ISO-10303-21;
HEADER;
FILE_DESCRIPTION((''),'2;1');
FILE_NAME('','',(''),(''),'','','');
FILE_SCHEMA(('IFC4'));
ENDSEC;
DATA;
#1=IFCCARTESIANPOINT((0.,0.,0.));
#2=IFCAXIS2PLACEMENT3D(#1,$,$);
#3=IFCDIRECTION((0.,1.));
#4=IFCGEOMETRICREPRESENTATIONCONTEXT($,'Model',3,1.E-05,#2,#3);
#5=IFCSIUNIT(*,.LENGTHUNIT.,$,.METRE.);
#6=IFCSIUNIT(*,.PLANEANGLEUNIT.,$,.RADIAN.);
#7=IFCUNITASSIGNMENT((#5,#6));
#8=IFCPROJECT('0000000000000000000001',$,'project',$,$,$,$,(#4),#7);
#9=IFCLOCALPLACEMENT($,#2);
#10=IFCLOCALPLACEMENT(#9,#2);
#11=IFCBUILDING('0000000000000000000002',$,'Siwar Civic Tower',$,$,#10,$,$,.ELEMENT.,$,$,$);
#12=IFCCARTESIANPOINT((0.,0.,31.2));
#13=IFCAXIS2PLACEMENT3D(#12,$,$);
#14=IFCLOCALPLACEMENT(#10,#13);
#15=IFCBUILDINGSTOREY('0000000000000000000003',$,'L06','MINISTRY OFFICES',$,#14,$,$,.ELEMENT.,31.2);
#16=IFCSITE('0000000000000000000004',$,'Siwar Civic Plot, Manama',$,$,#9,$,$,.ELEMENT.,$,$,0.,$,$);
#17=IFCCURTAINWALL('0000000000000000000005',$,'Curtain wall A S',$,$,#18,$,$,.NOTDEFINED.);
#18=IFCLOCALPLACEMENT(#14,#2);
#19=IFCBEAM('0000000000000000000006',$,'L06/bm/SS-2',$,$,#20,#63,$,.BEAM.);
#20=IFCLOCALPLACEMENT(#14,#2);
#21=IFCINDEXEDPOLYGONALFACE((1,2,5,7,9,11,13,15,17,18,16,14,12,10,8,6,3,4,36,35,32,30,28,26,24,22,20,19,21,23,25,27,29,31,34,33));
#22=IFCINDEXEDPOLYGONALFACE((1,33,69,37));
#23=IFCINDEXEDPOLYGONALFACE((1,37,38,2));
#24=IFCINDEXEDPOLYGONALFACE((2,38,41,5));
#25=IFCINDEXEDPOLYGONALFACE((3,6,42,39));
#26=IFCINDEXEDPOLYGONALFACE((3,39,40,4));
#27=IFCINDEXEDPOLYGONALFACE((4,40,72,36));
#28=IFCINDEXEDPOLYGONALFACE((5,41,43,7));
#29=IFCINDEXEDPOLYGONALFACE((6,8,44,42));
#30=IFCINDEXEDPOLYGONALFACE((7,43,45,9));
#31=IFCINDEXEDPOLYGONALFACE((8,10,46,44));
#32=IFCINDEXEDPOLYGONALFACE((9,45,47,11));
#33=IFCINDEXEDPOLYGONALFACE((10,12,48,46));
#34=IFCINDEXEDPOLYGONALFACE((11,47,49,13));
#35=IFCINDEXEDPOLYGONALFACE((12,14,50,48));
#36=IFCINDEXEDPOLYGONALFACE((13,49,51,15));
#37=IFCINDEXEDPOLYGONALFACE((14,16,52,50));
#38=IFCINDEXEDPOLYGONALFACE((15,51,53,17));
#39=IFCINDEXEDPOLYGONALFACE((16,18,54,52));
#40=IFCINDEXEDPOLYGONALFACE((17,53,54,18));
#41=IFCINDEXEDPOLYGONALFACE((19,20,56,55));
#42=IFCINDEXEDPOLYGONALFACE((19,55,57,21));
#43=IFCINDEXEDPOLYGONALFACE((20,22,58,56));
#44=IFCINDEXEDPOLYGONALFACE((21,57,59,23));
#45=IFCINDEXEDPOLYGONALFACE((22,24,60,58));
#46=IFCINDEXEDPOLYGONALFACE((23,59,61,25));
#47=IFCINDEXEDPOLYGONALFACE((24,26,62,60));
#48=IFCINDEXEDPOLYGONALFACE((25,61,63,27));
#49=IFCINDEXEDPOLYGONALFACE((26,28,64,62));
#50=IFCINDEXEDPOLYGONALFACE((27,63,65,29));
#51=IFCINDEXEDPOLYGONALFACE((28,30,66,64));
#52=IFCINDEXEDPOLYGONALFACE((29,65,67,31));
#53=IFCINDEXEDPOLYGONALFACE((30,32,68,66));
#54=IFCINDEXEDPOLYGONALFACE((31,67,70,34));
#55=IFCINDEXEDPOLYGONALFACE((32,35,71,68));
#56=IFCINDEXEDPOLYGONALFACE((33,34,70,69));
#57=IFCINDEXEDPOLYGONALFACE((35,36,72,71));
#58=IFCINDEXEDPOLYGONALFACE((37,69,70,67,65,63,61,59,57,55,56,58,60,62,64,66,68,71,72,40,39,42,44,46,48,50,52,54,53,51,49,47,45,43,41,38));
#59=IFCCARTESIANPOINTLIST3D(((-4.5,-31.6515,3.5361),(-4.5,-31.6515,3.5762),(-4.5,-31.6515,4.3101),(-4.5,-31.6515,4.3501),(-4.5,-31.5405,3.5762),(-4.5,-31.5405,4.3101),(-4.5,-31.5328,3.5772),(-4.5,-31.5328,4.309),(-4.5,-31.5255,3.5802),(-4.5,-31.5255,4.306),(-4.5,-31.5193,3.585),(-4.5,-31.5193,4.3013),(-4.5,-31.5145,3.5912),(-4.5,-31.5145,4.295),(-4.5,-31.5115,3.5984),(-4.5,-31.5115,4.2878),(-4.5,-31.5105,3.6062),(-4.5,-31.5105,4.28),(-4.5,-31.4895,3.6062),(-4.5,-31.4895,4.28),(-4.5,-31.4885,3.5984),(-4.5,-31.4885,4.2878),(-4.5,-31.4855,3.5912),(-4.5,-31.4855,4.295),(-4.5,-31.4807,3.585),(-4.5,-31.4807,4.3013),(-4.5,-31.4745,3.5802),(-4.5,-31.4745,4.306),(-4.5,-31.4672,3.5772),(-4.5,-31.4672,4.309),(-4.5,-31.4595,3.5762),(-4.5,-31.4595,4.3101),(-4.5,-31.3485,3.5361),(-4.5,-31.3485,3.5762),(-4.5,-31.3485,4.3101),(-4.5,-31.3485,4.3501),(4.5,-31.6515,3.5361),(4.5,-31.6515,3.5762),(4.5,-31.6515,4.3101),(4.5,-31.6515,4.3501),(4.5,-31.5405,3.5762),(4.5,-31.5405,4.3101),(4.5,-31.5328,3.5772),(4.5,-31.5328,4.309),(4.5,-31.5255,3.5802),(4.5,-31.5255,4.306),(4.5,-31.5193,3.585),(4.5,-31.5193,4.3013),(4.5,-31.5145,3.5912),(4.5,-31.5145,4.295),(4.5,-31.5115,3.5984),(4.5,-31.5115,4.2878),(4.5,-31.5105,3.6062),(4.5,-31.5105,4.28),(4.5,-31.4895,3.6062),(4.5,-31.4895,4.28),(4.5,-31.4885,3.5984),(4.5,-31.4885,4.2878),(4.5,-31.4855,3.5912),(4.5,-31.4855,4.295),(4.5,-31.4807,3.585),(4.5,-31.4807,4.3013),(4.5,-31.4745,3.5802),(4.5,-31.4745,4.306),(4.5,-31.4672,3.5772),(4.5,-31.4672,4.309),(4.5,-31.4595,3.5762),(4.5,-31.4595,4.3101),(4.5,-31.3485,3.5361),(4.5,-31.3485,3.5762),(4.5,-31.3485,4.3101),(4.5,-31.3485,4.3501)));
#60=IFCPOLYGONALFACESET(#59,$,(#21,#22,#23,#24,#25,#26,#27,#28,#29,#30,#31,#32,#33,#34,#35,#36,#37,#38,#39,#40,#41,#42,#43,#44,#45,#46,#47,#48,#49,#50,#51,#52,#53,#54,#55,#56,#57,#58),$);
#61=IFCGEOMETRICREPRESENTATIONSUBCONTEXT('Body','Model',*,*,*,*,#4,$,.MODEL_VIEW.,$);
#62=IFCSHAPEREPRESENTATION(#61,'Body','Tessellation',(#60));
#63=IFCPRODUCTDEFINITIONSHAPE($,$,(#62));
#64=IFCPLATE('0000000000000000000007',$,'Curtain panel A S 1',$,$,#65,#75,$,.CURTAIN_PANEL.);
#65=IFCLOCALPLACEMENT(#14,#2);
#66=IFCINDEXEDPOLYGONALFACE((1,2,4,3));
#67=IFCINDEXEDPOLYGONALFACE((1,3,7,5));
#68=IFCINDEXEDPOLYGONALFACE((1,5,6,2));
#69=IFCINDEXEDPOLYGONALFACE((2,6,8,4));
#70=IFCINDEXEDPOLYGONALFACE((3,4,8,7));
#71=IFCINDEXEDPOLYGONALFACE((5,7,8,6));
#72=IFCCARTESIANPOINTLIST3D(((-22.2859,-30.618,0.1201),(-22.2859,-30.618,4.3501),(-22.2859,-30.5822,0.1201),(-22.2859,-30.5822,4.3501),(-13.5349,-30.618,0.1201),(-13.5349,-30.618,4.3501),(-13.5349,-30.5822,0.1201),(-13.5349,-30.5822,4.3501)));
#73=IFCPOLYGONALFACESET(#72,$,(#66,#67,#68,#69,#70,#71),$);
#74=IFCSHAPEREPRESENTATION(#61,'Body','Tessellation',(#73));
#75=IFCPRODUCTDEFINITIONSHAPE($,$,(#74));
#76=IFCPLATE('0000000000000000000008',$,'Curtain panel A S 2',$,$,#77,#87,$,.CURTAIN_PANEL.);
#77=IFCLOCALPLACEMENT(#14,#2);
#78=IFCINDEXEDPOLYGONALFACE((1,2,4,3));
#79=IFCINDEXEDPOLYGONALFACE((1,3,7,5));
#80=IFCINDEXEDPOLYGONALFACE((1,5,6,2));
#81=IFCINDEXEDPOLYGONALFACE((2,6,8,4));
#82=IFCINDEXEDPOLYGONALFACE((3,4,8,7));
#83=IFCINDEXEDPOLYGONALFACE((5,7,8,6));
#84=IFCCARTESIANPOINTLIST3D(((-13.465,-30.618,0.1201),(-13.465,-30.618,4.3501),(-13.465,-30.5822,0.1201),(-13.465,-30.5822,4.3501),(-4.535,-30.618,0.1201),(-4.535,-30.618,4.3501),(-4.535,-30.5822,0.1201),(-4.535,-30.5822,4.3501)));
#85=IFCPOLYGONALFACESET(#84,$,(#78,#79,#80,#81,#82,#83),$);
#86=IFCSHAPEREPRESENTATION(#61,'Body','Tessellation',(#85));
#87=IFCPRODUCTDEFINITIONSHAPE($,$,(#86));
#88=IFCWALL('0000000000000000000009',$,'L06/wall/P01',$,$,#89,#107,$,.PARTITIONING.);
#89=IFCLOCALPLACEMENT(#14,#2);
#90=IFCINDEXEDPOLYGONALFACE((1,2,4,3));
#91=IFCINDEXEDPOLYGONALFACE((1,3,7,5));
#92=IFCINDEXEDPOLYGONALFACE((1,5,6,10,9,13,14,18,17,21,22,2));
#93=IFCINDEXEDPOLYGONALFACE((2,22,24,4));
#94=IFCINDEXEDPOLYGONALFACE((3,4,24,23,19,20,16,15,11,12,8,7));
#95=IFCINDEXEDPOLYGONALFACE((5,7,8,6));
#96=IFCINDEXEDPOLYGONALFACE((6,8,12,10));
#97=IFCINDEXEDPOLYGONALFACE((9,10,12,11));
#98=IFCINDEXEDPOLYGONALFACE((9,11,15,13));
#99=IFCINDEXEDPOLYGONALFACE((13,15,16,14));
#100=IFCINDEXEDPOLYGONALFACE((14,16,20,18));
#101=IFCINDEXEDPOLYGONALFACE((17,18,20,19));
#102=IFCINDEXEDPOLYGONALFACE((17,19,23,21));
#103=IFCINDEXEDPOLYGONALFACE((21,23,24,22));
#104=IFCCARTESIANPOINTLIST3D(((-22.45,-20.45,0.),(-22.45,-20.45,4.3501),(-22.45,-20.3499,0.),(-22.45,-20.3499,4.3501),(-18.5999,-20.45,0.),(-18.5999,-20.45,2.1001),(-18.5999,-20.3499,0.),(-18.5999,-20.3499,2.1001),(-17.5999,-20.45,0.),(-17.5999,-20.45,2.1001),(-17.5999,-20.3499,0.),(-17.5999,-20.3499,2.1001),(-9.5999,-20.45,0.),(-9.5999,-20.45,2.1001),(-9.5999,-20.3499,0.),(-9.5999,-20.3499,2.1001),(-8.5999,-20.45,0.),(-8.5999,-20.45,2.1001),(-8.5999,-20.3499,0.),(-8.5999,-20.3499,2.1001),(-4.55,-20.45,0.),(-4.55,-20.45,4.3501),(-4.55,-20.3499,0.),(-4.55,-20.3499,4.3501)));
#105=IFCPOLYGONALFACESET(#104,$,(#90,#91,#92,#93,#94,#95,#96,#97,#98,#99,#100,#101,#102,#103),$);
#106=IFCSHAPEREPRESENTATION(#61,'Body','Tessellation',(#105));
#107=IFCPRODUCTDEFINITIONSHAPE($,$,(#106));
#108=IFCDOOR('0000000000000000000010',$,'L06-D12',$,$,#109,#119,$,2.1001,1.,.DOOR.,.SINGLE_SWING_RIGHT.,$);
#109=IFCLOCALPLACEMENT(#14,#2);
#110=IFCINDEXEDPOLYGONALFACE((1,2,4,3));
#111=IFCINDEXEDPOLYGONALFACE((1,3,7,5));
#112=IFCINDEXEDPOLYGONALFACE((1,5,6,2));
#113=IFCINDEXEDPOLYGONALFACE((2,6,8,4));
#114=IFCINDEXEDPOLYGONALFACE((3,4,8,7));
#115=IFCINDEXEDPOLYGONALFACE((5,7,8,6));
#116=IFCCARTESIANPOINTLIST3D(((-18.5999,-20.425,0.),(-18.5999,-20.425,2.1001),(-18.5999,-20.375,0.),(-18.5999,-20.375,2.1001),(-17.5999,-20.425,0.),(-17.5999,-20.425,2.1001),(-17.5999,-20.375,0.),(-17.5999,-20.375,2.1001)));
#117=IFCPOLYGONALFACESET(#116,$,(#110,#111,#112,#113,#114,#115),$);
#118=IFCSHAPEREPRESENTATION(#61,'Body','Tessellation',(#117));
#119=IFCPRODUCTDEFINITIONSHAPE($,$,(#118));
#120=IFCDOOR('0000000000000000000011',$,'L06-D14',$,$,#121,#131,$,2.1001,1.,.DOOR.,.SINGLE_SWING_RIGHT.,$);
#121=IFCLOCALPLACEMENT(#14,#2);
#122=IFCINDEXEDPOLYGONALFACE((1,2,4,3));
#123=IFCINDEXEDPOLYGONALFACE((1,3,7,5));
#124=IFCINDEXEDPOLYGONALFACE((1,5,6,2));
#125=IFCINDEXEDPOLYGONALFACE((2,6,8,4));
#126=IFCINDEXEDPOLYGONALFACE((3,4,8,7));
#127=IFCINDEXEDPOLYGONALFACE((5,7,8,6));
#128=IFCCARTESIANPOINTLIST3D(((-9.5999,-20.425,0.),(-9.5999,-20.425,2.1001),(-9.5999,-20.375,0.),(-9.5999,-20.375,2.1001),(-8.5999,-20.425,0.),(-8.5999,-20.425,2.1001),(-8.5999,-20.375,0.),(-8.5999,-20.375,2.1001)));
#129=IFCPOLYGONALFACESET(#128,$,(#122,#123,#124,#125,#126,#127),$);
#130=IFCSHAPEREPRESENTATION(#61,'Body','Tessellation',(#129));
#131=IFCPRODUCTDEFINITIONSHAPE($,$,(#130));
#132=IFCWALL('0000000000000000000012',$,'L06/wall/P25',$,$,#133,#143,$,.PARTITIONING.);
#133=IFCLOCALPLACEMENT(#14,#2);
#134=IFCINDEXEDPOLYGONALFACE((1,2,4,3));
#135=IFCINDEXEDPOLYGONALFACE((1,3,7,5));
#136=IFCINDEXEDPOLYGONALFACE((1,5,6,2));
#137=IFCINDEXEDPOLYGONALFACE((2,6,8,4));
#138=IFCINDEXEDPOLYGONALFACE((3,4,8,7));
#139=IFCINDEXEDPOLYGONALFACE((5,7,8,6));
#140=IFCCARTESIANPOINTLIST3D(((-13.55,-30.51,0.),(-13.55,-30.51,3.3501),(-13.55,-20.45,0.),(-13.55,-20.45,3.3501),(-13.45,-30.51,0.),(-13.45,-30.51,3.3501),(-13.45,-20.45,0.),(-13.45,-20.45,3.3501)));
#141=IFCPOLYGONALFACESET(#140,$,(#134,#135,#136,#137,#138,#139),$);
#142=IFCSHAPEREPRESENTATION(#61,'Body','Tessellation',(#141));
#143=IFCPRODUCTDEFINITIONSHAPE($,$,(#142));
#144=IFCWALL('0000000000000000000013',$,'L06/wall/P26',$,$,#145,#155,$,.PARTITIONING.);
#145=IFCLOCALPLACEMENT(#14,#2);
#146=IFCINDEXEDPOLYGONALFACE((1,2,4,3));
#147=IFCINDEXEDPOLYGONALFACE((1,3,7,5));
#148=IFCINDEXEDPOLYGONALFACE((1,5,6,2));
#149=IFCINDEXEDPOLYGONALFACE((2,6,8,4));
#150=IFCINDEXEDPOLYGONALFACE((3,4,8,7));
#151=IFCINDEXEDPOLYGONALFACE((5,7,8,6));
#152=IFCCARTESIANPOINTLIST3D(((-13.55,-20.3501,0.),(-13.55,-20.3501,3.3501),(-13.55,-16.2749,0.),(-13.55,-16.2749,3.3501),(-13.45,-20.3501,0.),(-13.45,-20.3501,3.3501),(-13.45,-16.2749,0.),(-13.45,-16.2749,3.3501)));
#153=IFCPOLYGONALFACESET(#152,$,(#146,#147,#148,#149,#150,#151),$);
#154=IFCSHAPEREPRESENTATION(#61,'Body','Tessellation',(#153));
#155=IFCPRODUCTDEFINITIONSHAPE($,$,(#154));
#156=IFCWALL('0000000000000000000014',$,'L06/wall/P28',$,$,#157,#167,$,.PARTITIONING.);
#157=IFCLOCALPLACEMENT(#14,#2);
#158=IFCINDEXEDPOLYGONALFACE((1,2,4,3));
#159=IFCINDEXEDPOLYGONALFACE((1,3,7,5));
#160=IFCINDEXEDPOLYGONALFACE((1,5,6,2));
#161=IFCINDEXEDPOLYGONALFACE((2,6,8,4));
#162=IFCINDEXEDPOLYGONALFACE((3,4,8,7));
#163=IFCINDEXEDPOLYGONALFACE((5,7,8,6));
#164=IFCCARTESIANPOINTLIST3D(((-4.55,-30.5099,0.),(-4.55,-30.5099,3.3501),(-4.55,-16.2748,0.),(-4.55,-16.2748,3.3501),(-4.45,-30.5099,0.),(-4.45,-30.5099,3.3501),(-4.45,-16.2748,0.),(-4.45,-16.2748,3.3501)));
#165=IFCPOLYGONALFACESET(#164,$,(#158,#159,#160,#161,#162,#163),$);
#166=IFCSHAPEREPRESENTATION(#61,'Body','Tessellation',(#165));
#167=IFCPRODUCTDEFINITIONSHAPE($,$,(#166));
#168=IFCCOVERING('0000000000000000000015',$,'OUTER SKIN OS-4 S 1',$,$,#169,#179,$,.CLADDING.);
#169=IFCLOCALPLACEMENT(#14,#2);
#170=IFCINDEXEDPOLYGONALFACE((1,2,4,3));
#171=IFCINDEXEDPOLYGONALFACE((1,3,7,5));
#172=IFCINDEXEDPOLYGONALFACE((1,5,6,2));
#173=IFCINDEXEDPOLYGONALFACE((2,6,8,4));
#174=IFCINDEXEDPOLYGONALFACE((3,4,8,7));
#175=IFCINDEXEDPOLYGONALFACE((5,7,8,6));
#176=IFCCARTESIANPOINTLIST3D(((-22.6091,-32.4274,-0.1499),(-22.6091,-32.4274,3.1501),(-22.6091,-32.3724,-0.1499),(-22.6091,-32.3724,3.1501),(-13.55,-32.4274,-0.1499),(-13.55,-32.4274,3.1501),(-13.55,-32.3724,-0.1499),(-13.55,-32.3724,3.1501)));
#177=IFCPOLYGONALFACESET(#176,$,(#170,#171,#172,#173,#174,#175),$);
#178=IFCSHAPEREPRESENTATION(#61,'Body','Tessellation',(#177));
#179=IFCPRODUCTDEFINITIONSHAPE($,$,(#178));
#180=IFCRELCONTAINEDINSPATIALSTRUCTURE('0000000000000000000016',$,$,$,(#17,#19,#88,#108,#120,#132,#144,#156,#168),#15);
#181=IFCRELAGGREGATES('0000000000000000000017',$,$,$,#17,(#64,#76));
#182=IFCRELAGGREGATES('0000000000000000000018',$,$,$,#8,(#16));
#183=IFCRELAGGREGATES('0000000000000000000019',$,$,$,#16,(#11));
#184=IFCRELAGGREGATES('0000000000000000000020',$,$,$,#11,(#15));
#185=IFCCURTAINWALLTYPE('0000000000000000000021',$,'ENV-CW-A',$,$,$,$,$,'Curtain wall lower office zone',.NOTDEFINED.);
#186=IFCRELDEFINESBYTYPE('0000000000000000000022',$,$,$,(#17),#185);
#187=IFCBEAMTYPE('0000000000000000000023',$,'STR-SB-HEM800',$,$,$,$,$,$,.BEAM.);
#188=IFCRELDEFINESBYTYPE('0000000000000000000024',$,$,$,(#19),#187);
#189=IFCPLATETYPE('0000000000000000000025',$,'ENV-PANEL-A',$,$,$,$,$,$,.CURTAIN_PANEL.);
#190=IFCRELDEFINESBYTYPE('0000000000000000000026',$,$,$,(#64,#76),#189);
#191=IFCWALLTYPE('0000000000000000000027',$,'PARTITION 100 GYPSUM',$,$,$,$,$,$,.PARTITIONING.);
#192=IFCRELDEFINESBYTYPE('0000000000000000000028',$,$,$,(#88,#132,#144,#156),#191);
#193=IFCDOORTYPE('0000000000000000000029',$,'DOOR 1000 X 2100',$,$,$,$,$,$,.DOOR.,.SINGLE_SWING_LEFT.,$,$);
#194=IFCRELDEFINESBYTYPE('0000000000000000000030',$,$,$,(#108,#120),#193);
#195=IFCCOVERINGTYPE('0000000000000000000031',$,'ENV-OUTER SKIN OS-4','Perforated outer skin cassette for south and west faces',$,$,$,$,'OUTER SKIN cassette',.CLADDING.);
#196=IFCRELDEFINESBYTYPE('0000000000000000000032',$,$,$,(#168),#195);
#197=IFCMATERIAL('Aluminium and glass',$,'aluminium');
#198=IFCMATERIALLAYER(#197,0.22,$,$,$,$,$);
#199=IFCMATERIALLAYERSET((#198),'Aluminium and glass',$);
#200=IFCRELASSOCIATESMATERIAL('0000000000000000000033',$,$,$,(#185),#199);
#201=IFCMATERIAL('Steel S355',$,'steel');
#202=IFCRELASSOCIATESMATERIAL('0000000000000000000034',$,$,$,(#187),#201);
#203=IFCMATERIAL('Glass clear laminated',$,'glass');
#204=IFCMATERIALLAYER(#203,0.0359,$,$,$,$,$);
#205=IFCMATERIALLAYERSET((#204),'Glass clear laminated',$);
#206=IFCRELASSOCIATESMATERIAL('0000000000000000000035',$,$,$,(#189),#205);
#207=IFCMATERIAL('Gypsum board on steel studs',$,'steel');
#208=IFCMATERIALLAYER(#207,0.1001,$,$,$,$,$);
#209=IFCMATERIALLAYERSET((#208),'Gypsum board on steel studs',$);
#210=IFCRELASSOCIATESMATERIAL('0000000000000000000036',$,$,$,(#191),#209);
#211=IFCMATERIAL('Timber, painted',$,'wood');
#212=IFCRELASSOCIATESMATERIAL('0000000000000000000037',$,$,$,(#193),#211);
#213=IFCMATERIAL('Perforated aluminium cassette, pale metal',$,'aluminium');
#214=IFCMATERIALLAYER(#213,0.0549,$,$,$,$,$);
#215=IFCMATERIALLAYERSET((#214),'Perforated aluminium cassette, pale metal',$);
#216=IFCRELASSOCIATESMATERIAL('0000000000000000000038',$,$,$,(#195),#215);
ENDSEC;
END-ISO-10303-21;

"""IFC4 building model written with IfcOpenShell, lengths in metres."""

from ifc_helpers import new_model, si_unit, direction, frame, frame_2d, origin, origin_2d, place, context, subcontext, project, spatial, rectangle, i_section, extrude, material, layer, layer_set, material_profile, profile_set, type_object, element, fill, aggregate, save


model = new_model("IFC4")

# Units and contexts
model_context = context("Model", 3, precision=1e-05, world=origin(), true_north=direction((0.0, 1.0)))
body_context = subcontext(model_context, "Body", "Model", "MODEL_VIEW")
ifc_project = project(units=[si_unit("LENGTHUNIT", "METRE"), si_unit("PLANEANGLEUNIT", "RADIAN")], contexts=[model_context])

# Site, building, storey
site_placement = place(None, origin())
site = spatial("IfcSite", under=ifc_project, at=site_placement, Name="Siwar Civic Plot, Manama", CompositionType="ELEMENT", RefElevation=0.0)
building_placement = place(site_placement, origin())
building = spatial("IfcBuilding", under=site, at=building_placement, Name="Siwar Civic Tower", CompositionType="ELEMENT")
storey_placement = place(building_placement, frame((0.0, 0.0, 31.2)))
storey = spatial("IfcBuildingStorey", under=building, at=storey_placement, Name="L06", Description="MINISTRY OFFICES", CompositionType="ELEMENT", Elevation=31.2)

# Curtain wall
ifc_material_1 = material(Name="Aluminium and glass", Category="aluminium")
ifc_layer_1 = layer(ifc_material_1, 0.22)
ifc_layer_set_1 = layer_set([ifc_layer_1], Name="Aluminium and glass")
curtain_wall_type = type_object("IfcCurtainWallType", Name="ENV-CW-A", ElementType="Curtain wall lower office zone", PredefinedType="NOTDEFINED", material=ifc_layer_set_1)
curtain_wall_placement = place(storey_placement, origin())
curtain_wall = element("IfcCurtainWall", 1, at=curtain_wall_placement, inside=storey, type_object=curtain_wall_type, Name="Curtain wall A S", PredefinedType="NOTDEFINED")

# Beam
ifc_material_2 = material(Name="Steel S355", Category="steel")
ifc_material_profile_1 = material_profile(ifc_material_2, i_section(OverallWidth=0.303, OverallDepth=0.814, WebThickness=0.021, FlangeThickness=0.04, FilletRadius=0.03, at=origin_2d()), Name="HEM800")
ifc_profile_set_1 = profile_set([ifc_material_profile_1], Name="Steel S355")
beam_type_1 = type_object("IfcBeamType", Name="STR-SB-HEM800", PredefinedType="BEAM", material=ifc_profile_set_1)
for number, where, z_axis, x_axis, name in (
    (2, (-4.5, -31.5, 3.9431), (1.0, 0.0, 0.0), (0.0, 1.0, 0.0), "L06/bm/SS-2"),
):
    element("IfcBeam", number, at=place(storey_placement, frame(where, z_axis=z_axis, x_axis=x_axis)), inside=storey, type_object=beam_type_1, Name=name, PredefinedType="BEAM", context=body_context, shape_type="SweptSolid", body=[
        extrude(i_section(OverallWidth=0.303, OverallDepth=0.814, WebThickness=0.021, FlangeThickness=0.04, FilletRadius=0.03, at=origin_2d()), origin(), (0.0, 0.0, 1.0), 9.0),
    ])

# Plates
ifc_material_3 = material(Name="Glass clear laminated", Category="glass")
ifc_layer_2 = layer(ifc_material_3, 0.0359)
ifc_layer_set_2 = layer_set([ifc_layer_2], Name="Glass clear laminated")
plate_type = type_object("IfcPlateType", Name="ENV-PANEL-A", PredefinedType="CURTAIN_PANEL", material=ifc_layer_set_2)
plate_1_placement = place(storey_placement, frame((-17.9104, -30.6001, 0.1201), z_axis=(0.0, 0.0, 1.0), x_axis=(1.0, 0.0, 0.0)))
plate_1 = element("IfcPlate", 3, at=plate_1_placement, type_object=plate_type, Name="Curtain panel A S 1", PredefinedType="CURTAIN_PANEL", context=body_context, shape_type="SweptSolid", body=[
    extrude(rectangle(XDim=8.751, YDim=0.0359, at=origin_2d()), origin(), (0.0, 0.0, 1.0), 4.23),
])
plate_2_placement = place(storey_placement, frame((-9.0, -30.6001, 0.1201), z_axis=(0.0, 0.0, 1.0), x_axis=(1.0, 0.0, 0.0)))
plate_2 = element("IfcPlate", 4, at=plate_2_placement, type_object=plate_type, Name="Curtain panel A S 2", PredefinedType="CURTAIN_PANEL", context=body_context, shape_type="SweptSolid", body=[
    extrude(rectangle(XDim=8.9299, YDim=0.0359, at=origin_2d()), origin(), (0.0, 0.0, 1.0), 4.23),
])
aggregate(curtain_wall, [plate_1, plate_2])

# Wall, openings, doors
ifc_material_4 = material(Name="Gypsum board on steel studs", Category="steel")
ifc_layer_3 = layer(ifc_material_4, 0.1001)
ifc_layer_set_3 = layer_set([ifc_layer_3], Name="Gypsum board on steel studs")
wall_type = type_object("IfcWallType", Name="PARTITION 100 GYPSUM", PredefinedType="PARTITIONING", material=ifc_layer_set_3)
wall_1_placement = place(storey_placement, frame((-22.45, -20.3999, 0.0), z_axis=(0.0, 0.0, 1.0), x_axis=(1.0, 0.0, 0.0)))
wall_1 = element("IfcWall", 5, at=wall_1_placement, inside=storey, type_object=wall_type, Name="L06/wall/P01", PredefinedType="PARTITIONING", context=body_context, shape_type="SweptSolid", body=[
    extrude(rectangle(XDim=17.8999, YDim=0.1001, at=frame_2d((8.95, 0.0))), origin(), (0.0, 0.0, 1.0), 4.3501),
])
opening_1_placement = place(wall_1_placement, frame((3.8501, 0.0, 0.0)))
opening_1 = element("IfcOpeningElement", 6, at=opening_1_placement, cuts=wall_1, PredefinedType="OPENING", context=body_context, shape_type="SweptSolid", body=[
    extrude(rectangle(XDim=1.0, YDim=2.1001, at=frame_2d((0.5, 1.05))), frame((0.0, 0.0601, 0.0), z_axis=(0.0, -1.0, 0.0), x_axis=(1.0, 0.0, 0.0)), (0.0, 0.0, 1.0), 0.1201),
])
opening_2_placement = place(wall_1_placement, frame((12.8501, 0.0, 0.0)))
opening_2 = element("IfcOpeningElement", 7, at=opening_2_placement, cuts=wall_1, PredefinedType="OPENING", context=body_context, shape_type="SweptSolid", body=[
    extrude(rectangle(XDim=1.0, YDim=2.1001, at=frame_2d((0.5, 1.05))), frame((0.0, 0.0601, 0.0), z_axis=(0.0, -1.0, 0.0), x_axis=(1.0, 0.0, 0.0)), (0.0, 0.0, 1.0), 0.1201),
])
ifc_material_5 = material(Name="Timber, painted", Category="wood")
door_type = type_object("IfcDoorType", Name="DOOR 1000 X 2100", OperationType="SINGLE_SWING_LEFT", PredefinedType="DOOR", material=ifc_material_5)
door_1_placement = place(opening_1_placement, origin())
door_1 = element("IfcDoor", 8, at=door_1_placement, inside=storey, type_object=door_type, Name="L06-D12", OperationType="SINGLE_SWING_RIGHT", OverallHeight=2.1001, OverallWidth=1.0, PredefinedType="DOOR", context=body_context, shape_type="SweptSolid", body=[
    extrude(rectangle(XDim=1.0, YDim=2.1001, at=frame_2d((0.5, 1.05))), frame((0.0, 0.0249, 0.0), z_axis=(0.0, -1.0, 0.0), x_axis=(1.0, 0.0, 0.0)), (0.0, 0.0, 1.0), 0.05),
])
fill(opening_1, door_1)
door_2_placement = place(opening_2_placement, origin())
door_2 = element("IfcDoor", 9, at=door_2_placement, inside=storey, type_object=door_type, Name="L06-D14", OperationType="SINGLE_SWING_RIGHT", OverallHeight=2.1001, OverallWidth=1.0, PredefinedType="DOOR", context=body_context, shape_type="SweptSolid", body=[
    extrude(rectangle(XDim=1.0, YDim=2.1001, at=frame_2d((0.5, 1.05))), frame((0.0, 0.0249, 0.0), z_axis=(0.0, -1.0, 0.0), x_axis=(1.0, 0.0, 0.0)), (0.0, 0.0, 1.0), 0.05),
])
fill(opening_2, door_2)

# Walls
wall_2_placement = place(storey_placement, frame((-13.5, -30.51, 0.0), z_axis=(0.0, 0.0, 1.0), x_axis=(0.0, 1.0, 0.0)))
element("IfcWall", 10, at=wall_2_placement, inside=storey, type_object=wall_type, Name="L06/wall/P25", PredefinedType="PARTITIONING", context=body_context, shape_type="SweptSolid", body=[
    extrude(rectangle(XDim=10.0601, YDim=0.1001, at=frame_2d((5.03, 0.0))), origin(), (0.0, 0.0, 1.0), 3.3501),
])
wall_3_placement = place(storey_placement, frame((-13.5, -20.3501, 0.0), z_axis=(0.0, 0.0, 1.0), x_axis=(0.0, 1.0, 0.0)))
element("IfcWall", 11, at=wall_3_placement, inside=storey, type_object=wall_type, Name="L06/wall/P26", PredefinedType="PARTITIONING", context=body_context, shape_type="SweptSolid", body=[
    extrude(rectangle(XDim=4.0752, YDim=0.1001, at=frame_2d((2.0376, 0.0))), origin(), (0.0, 0.0, 1.0), 3.3501),
])
wall_4_placement = place(storey_placement, frame((-4.5, -30.51, 0.0), z_axis=(0.0, 0.0, 1.0), x_axis=(0.0, 1.0, 0.0)))
element("IfcWall", 12, at=wall_4_placement, inside=storey, type_object=wall_type, Name="L06/wall/P28", PredefinedType="PARTITIONING", context=body_context, shape_type="SweptSolid", body=[
    extrude(rectangle(XDim=14.2351, YDim=0.1001, at=frame_2d((7.1177, 0.0))), origin(), (0.0, 0.0, 1.0), 3.3501),
])

# Covering
ifc_material_6 = material(Name="Perforated aluminium cassette, pale metal", Category="aluminium")
ifc_layer_4 = layer(ifc_material_6, 0.0549)
ifc_layer_set_4 = layer_set([ifc_layer_4], Name="Perforated aluminium cassette, pale metal")
covering_type = type_object("IfcCoveringType", Name="ENV-OUTER SKIN OS-4", Description="Perforated outer skin cassette for south and west faces", ElementType="OUTER SKIN cassette", PredefinedType="CLADDING", material=ifc_layer_set_4)
covering_1_placement = place(storey_placement, frame((-18.0796, -32.3999, -0.1499), z_axis=(0.0, 0.0, 1.0), x_axis=(1.0, 0.0, 0.0)))
element("IfcCovering", 13, at=covering_1_placement, inside=storey, type_object=covering_type, Name="OUTER SKIN OS-4 S 1", PredefinedType="CLADDING", context=body_context, shape_type="SweptSolid", body=[
    extrude(rectangle(XDim=9.0591, YDim=0.0549, at=origin_2d()), origin(), (0.0, 0.0, 1.0), 3.3),
])

save(model, "model.ifc")
